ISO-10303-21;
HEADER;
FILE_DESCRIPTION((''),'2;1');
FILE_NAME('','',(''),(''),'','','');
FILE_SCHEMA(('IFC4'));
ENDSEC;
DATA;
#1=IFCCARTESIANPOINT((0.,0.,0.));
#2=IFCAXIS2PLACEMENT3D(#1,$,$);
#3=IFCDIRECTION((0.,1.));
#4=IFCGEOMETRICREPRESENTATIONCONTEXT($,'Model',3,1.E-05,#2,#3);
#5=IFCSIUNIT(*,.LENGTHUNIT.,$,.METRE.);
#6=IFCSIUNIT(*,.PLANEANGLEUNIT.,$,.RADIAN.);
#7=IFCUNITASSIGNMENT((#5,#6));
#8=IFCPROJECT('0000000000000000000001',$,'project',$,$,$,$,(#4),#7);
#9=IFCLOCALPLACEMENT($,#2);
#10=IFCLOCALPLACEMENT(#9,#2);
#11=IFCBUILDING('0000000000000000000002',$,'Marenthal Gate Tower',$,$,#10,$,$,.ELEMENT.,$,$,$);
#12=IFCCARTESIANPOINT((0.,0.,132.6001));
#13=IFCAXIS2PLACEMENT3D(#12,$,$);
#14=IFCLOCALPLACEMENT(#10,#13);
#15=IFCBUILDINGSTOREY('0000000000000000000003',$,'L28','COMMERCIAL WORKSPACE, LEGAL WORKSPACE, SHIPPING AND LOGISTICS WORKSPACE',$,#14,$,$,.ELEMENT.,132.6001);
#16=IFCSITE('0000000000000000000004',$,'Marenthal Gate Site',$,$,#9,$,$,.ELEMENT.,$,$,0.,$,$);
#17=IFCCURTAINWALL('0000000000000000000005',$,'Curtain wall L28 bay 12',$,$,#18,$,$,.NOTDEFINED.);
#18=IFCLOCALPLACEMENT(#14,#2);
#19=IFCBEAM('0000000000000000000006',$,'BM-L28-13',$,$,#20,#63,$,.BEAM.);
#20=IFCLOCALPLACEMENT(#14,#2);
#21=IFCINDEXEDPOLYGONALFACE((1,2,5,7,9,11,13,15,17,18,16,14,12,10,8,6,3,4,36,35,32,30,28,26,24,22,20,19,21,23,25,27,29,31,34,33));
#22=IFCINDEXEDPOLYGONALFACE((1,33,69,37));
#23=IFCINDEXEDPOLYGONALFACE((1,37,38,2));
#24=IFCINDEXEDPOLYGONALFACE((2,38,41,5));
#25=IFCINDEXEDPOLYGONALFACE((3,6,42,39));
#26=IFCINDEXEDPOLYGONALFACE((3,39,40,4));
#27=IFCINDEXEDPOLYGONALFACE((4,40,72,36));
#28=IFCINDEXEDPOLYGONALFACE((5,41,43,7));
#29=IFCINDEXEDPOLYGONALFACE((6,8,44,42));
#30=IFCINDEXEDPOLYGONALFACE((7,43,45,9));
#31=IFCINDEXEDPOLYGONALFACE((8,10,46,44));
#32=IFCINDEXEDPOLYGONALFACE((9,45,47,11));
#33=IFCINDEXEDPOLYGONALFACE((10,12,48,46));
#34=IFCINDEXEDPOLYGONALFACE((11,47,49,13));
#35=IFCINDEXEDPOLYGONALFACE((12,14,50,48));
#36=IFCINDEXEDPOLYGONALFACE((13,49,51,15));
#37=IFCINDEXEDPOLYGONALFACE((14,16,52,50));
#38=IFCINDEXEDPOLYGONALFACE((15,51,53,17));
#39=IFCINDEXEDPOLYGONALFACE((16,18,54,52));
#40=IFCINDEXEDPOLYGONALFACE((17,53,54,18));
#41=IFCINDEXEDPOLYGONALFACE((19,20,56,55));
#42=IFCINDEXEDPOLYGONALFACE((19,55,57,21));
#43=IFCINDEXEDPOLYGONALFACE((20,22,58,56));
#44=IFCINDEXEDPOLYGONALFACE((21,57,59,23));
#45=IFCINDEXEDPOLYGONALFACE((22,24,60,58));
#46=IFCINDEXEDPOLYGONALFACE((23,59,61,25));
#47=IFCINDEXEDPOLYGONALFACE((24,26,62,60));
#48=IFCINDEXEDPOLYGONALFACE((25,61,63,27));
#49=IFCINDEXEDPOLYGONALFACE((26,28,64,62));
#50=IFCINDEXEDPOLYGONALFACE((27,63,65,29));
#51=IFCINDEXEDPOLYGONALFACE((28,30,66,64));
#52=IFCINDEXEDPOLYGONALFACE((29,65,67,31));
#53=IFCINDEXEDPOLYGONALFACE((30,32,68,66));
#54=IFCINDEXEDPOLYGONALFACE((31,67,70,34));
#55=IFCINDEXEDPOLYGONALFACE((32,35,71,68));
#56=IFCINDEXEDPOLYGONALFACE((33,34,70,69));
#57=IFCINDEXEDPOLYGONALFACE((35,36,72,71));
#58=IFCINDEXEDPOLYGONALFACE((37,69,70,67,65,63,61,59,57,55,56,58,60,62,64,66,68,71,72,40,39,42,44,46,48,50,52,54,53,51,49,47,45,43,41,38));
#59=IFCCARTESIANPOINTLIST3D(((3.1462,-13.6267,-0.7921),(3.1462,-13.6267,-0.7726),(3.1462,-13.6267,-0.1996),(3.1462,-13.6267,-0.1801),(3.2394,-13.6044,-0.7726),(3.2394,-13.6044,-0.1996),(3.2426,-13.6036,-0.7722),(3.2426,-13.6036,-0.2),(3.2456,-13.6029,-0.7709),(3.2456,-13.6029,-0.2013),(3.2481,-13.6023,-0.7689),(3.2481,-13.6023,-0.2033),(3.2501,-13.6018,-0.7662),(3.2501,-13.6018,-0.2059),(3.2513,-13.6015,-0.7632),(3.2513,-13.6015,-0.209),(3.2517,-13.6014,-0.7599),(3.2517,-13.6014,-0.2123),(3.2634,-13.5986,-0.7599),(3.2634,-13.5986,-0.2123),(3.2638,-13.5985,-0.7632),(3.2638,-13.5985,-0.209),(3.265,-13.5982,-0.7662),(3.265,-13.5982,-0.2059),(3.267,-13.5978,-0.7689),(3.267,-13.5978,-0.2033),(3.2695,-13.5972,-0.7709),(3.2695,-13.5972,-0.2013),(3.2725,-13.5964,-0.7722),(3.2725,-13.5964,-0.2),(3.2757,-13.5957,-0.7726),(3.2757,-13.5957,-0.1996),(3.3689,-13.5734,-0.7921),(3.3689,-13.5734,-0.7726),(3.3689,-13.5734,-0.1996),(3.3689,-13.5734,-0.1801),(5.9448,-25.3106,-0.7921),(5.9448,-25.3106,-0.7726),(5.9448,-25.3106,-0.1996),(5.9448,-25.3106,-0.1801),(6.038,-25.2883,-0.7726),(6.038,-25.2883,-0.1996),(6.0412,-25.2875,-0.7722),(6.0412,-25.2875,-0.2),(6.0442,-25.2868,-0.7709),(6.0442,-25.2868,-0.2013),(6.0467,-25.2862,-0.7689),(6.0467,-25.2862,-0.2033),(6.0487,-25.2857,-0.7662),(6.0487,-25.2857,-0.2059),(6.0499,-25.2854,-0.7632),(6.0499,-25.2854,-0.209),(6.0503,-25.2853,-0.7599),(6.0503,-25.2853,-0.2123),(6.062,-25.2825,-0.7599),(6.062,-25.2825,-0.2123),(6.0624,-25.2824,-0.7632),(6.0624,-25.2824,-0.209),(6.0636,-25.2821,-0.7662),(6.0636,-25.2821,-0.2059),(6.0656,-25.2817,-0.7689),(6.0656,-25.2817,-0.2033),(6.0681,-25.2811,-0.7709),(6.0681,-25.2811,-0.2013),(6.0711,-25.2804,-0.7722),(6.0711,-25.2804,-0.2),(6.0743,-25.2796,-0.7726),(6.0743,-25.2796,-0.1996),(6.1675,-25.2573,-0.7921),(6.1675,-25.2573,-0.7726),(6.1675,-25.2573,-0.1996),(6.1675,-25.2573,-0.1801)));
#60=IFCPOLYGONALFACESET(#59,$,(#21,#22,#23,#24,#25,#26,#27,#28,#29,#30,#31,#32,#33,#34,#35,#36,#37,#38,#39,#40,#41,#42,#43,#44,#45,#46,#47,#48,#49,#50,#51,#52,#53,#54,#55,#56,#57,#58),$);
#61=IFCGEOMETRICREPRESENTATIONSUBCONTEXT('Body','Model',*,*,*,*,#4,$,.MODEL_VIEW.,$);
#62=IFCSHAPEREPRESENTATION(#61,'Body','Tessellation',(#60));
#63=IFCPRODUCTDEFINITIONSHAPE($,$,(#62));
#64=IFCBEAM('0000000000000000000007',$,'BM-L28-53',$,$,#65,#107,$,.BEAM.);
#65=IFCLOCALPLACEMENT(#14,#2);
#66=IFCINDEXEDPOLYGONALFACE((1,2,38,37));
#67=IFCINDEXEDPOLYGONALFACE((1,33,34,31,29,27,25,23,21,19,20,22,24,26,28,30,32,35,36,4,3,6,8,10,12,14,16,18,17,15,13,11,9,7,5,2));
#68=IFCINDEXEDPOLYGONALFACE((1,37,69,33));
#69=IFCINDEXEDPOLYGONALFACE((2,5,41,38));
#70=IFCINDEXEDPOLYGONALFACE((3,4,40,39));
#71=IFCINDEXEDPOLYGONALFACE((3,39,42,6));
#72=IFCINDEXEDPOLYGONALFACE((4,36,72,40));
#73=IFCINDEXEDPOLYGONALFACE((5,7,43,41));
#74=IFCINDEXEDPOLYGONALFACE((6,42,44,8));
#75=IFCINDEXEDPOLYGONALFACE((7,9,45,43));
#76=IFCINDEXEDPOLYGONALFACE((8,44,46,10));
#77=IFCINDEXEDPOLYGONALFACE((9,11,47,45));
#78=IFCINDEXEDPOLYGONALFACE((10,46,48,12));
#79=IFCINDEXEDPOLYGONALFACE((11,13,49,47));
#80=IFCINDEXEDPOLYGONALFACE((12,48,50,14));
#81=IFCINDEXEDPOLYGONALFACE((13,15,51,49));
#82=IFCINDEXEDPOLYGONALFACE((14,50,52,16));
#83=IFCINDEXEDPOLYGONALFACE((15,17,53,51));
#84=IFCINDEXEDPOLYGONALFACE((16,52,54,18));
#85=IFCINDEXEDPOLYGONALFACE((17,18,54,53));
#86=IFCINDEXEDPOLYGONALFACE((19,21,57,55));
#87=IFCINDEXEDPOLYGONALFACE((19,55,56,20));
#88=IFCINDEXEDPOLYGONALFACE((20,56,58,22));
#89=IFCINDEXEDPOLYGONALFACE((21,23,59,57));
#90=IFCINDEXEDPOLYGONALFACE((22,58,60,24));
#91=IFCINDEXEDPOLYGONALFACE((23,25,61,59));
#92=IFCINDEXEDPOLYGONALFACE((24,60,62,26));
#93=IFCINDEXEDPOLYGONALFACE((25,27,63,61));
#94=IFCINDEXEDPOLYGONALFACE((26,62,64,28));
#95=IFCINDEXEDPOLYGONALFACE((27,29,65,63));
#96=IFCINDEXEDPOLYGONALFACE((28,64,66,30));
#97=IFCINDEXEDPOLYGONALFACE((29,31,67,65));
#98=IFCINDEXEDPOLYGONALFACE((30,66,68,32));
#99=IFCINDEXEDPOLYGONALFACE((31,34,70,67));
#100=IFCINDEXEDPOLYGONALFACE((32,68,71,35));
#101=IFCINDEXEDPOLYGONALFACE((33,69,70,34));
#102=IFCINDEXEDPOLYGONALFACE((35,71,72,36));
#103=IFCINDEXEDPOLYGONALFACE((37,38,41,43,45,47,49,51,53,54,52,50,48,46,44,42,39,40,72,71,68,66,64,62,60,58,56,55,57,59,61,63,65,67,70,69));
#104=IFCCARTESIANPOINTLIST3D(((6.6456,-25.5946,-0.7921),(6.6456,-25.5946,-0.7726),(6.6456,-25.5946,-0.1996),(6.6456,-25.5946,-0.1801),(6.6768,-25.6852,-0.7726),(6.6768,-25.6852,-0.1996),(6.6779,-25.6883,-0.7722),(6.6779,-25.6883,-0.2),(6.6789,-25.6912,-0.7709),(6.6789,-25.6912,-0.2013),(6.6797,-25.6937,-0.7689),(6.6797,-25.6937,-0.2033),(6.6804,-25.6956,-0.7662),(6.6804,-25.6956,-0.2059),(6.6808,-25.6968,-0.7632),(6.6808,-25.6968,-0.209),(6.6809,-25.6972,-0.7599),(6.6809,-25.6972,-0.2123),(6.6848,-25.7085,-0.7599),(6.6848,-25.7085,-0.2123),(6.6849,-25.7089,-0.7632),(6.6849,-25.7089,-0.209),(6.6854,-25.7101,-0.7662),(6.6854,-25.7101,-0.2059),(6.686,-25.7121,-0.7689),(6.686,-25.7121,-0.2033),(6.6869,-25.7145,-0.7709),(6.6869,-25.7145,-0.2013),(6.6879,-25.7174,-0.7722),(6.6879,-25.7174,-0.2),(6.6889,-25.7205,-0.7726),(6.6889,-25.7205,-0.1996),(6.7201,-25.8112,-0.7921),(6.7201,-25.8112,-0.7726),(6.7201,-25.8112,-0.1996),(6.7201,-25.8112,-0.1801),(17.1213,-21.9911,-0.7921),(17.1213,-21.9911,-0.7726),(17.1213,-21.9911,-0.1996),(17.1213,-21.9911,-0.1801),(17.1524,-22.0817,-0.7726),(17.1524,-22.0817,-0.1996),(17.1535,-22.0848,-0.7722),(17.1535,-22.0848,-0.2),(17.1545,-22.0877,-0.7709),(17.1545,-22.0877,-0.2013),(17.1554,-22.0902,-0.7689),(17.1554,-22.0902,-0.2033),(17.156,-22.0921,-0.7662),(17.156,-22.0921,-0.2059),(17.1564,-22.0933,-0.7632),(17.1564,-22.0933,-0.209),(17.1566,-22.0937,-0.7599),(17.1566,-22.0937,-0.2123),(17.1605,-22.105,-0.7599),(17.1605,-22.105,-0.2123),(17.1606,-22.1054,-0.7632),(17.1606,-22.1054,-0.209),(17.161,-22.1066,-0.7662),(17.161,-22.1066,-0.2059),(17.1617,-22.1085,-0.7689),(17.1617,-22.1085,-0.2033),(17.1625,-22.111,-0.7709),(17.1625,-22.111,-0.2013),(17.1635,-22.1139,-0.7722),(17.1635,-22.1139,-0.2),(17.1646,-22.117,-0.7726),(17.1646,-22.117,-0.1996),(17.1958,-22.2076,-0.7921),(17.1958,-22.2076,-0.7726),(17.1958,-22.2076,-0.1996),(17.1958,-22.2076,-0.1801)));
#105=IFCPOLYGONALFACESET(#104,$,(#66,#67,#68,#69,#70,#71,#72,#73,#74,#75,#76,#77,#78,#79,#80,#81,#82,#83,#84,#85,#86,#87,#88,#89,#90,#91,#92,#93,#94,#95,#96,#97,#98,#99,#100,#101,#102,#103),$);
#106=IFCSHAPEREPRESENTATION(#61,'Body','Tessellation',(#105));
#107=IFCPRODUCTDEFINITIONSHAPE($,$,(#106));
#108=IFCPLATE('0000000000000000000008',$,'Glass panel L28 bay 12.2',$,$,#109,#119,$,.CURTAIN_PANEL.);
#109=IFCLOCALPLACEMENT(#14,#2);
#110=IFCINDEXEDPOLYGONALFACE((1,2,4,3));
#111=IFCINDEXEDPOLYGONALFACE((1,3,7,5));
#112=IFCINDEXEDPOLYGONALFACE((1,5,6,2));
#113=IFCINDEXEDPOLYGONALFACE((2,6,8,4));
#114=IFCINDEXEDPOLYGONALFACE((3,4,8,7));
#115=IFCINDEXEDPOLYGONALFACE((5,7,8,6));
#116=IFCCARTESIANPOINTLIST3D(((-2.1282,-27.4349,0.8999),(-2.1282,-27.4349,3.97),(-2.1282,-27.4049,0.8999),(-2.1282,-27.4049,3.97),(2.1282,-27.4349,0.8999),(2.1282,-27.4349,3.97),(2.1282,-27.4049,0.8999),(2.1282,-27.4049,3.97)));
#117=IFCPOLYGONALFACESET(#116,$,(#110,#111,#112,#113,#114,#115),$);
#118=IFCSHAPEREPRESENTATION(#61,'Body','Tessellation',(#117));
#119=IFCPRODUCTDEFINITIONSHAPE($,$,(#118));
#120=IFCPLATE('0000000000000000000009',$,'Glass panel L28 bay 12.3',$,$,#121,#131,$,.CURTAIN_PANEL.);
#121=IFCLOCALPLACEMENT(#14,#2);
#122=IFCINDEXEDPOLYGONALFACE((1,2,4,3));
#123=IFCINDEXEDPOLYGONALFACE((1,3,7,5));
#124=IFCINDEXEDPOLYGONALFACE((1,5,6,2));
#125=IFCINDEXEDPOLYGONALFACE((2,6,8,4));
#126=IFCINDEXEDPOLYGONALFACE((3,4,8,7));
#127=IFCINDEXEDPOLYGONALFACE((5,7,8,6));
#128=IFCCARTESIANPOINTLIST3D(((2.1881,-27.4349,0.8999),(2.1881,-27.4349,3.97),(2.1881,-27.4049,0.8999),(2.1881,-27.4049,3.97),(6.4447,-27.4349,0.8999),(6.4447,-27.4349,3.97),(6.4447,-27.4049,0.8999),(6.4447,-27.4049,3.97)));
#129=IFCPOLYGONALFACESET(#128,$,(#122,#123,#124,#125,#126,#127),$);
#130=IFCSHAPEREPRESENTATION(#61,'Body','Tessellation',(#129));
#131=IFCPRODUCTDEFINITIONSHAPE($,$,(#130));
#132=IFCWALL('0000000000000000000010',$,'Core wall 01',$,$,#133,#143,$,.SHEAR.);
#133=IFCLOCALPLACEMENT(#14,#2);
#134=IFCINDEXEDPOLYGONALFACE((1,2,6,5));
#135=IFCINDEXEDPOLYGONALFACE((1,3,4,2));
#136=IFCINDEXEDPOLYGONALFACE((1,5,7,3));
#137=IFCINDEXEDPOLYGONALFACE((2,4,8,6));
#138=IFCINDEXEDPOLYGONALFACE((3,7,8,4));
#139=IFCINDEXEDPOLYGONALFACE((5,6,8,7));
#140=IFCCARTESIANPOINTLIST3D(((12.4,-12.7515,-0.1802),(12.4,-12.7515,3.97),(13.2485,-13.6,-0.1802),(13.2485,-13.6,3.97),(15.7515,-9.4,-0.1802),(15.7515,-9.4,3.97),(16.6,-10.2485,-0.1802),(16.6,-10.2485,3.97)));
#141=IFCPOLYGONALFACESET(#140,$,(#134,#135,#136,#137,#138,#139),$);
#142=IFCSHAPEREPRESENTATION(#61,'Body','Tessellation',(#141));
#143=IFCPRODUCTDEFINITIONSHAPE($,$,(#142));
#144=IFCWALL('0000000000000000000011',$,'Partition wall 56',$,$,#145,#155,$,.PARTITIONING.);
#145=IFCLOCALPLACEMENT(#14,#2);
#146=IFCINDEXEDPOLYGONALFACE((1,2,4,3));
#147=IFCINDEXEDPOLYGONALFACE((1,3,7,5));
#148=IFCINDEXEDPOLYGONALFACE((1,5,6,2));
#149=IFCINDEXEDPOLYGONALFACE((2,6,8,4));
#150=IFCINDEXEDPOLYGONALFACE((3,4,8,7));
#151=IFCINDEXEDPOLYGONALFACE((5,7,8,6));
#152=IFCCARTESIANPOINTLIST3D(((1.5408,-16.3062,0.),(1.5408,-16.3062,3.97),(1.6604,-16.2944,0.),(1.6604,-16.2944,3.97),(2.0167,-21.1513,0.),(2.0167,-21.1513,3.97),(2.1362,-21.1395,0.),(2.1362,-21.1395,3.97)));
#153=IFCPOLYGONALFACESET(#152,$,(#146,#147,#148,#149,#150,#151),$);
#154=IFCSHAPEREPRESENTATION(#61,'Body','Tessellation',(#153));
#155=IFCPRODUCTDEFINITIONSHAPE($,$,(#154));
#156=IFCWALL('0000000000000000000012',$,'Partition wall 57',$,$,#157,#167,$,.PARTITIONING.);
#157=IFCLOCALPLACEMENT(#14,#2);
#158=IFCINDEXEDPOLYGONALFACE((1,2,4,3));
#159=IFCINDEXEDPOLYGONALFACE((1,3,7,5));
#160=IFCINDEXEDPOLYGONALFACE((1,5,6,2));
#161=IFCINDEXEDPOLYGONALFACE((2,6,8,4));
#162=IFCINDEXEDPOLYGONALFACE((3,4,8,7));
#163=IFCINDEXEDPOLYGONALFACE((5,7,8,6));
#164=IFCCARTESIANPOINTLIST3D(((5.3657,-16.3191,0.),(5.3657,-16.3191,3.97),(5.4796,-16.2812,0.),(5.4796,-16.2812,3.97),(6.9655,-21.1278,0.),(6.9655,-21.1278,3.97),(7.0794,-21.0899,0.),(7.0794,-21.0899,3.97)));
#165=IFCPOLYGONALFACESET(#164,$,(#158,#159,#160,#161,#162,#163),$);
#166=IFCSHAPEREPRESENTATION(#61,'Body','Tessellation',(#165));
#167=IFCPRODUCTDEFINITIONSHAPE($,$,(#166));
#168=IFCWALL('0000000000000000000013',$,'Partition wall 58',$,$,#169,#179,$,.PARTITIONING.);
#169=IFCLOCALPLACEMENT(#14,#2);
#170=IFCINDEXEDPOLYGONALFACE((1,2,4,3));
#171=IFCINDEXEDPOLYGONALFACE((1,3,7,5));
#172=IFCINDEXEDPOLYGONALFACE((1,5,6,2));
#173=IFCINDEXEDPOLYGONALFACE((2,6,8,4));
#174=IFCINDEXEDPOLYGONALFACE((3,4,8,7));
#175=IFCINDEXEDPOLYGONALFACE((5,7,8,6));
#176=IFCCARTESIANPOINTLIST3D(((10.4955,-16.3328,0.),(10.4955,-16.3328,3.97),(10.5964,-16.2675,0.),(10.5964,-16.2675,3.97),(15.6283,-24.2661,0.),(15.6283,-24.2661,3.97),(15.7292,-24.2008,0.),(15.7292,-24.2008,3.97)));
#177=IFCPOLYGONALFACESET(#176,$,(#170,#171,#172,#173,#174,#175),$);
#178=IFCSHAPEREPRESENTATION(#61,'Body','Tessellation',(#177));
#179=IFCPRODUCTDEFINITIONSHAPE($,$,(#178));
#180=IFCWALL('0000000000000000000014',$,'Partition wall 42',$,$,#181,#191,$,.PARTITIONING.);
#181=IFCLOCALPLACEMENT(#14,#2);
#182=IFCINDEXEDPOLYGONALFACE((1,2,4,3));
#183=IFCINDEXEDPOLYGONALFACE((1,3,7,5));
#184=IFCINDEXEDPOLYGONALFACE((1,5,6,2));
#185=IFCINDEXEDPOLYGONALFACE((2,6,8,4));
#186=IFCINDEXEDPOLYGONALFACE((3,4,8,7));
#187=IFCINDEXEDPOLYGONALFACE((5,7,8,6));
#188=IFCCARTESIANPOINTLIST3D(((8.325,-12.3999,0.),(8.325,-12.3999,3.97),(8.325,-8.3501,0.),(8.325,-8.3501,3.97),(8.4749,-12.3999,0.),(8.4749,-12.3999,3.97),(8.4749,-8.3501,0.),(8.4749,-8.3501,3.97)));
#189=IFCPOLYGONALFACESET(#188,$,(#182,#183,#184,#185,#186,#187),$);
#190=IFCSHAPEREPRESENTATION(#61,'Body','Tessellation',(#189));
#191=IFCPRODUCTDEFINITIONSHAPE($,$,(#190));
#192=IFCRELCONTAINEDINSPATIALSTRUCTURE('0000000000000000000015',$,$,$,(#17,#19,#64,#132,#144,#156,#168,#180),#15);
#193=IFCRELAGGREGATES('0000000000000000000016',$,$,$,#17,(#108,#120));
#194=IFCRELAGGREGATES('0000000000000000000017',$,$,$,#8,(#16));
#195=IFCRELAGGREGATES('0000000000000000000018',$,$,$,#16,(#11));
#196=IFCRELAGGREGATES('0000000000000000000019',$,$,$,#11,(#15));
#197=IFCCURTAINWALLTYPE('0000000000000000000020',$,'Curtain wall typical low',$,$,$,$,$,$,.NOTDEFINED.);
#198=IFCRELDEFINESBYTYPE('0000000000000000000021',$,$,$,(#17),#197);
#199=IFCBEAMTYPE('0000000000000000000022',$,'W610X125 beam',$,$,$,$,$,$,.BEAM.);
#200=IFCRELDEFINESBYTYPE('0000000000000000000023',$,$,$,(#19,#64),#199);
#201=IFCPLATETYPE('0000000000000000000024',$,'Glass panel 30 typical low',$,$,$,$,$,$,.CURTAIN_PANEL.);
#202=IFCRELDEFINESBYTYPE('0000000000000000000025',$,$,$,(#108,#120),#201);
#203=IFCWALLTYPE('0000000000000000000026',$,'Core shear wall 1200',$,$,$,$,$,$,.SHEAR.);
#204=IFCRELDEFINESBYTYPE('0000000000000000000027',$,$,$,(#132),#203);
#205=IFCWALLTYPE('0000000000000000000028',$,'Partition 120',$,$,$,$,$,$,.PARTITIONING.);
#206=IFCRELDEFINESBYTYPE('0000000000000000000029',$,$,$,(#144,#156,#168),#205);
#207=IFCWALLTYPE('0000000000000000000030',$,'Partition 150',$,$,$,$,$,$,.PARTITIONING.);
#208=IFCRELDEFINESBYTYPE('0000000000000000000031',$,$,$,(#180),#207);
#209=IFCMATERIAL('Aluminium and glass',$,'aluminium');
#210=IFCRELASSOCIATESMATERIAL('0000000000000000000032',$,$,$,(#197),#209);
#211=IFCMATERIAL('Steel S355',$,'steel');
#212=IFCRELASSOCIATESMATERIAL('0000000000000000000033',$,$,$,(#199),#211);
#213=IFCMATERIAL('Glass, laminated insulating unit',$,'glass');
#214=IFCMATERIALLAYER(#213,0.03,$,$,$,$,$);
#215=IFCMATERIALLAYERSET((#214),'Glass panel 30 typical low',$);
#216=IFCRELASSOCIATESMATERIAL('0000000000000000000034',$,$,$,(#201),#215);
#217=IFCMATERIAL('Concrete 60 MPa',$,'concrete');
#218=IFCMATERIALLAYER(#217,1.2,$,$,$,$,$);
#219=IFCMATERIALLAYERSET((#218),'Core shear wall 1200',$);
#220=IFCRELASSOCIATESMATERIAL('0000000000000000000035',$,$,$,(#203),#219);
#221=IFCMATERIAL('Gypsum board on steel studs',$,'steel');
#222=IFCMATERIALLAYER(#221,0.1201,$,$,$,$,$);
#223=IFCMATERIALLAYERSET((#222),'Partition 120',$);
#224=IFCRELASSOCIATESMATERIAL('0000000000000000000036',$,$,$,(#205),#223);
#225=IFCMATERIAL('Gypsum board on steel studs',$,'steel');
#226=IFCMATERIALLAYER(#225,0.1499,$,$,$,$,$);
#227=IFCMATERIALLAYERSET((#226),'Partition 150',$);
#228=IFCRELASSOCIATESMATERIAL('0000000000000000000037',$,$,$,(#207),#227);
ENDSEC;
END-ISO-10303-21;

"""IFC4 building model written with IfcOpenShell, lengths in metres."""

from ifc_helpers import new_model, si_unit, direction, frame, frame_2d, origin, origin_2d, place, context, subcontext, project, spatial, rectangle, i_section, extrude, material, layer, layer_set, material_profile, profile_set, type_object, element, aggregate, save


model = new_model("IFC4")

# Units and contexts
model_context = context("Model", 3, precision=1e-05, world=origin(), true_north=direction((0.0, 1.0)))
body_context = subcontext(model_context, "Body", "Model", "MODEL_VIEW")
ifc_project = project(units=[si_unit("LENGTHUNIT", "METRE"), si_unit("PLANEANGLEUNIT", "RADIAN")], contexts=[model_context])

# Site, building, storey
site_placement = place(None, origin())
site = spatial("IfcSite", under=ifc_project, at=site_placement, Name="Marenthal Gate Site", CompositionType="ELEMENT", RefElevation=0.0)
building_placement = place(site_placement, origin())
building = spatial("IfcBuilding", under=site, at=building_placement, Name="Marenthal Gate Tower", CompositionType="ELEMENT")
storey_placement = place(building_placement, frame((0.0, 0.0, 132.6001)))
storey = spatial("IfcBuildingStorey", under=building, at=storey_placement, Name="L28", Description="COMMERCIAL WORKSPACE, LEGAL WORKSPACE, SHIPPING AND LOGISTICS WORKSPACE", CompositionType="ELEMENT", Elevation=132.6001)

# Curtain wall
ifc_material_1 = material(Name="Aluminium and glass", Category="aluminium")
curtain_wall_type = type_object("IfcCurtainWallType", Name="Curtain wall typical low", PredefinedType="NOTDEFINED", material=ifc_material_1)
curtain_wall_placement = place(storey_placement, origin())
curtain_wall = element("IfcCurtainWall", 1, at=curtain_wall_placement, inside=storey, type_object=curtain_wall_type, Name="Curtain wall L28 bay 12", PredefinedType="NOTDEFINED")

# Beams
ifc_material_2 = material(Name="Steel S355", Category="steel")
ifc_material_profile_1 = material_profile(ifc_material_2, i_section(OverallWidth=0.229, OverallDepth=0.6121, WebThickness=0.012, FlangeThickness=0.0195, FilletRadius=0.0127, at=origin_2d()), Name="W610X125")
ifc_profile_set_1 = profile_set([ifc_material_profile_1], Name="Steel S355")
beam_type_1 = type_object("IfcBeamType", Name="W610X125 beam", PredefinedType="BEAM", material=ifc_profile_set_1)
beam_1_placement = place(storey_placement, frame((6.0562, -25.2839, -0.4861), z_axis=(-0.232937, 0.972492, 0.0), x_axis=(-0.972492, -0.232937, 0.0)))
element("IfcBeam", 2, at=beam_1_placement, inside=storey, type_object=beam_type_1, Name="BM-L28-13", PredefinedType="BEAM", context=body_context, shape_type="SweptSolid", body=[
    extrude(i_section(OverallWidth=0.229, OverallDepth=0.6121, WebThickness=0.012, FlangeThickness=0.0195, FilletRadius=0.0127, at=origin_2d()), origin(), (0.0, 0.0, 1.0), 12.0144),
])
beam_2_placement = place(storey_placement, frame((6.6829, -25.7029, -0.4861), z_axis=(0.945616, 0.325284, 0.0), x_axis=(-0.325284, 0.945616, 0.0)))
element("IfcBeam", 3, at=beam_2_placement, inside=storey, type_object=beam_type_1, Name="BM-L28-53", PredefinedType="BEAM", context=body_context, shape_type="SweptSolid", body=[
    extrude(i_section(OverallWidth=0.229, OverallDepth=0.6121, WebThickness=0.012, FlangeThickness=0.0195, FilletRadius=0.0127, at=origin_2d()), origin(), (0.0, 0.0, 1.0), 11.0781),
])

# Plates
ifc_material_3 = material(Name="Glass, laminated insulating unit", Category="glass")
ifc_layer_1 = layer(ifc_material_3, 0.03)
ifc_layer_set_1 = layer_set([ifc_layer_1], Name="Glass panel 30 typical low")
plate_type = type_object("IfcPlateType", Name="Glass panel 30 typical low", PredefinedType="CURTAIN_PANEL", material=ifc_layer_set_1)
plate_1_placement = place(storey_placement, frame((0.0, -27.4199, 0.8999), z_axis=(0.0, 0.0, 1.0), x_axis=(1.0, 0.0, 0.0)))
plate_1 = element("IfcPlate", 4, at=plate_1_placement, type_object=plate_type, Name="Glass panel L28 bay 12.2", PredefinedType="CURTAIN_PANEL", context=body_context, shape_type="SweptSolid", body=[
    extrude(rectangle(XDim=4.2563, YDim=0.03, at=origin_2d()), origin(), (0.0, 0.0, 1.0), 3.0701),
])
plate_2_placement = place(storey_placement, frame((4.3164, -27.4199, 0.8999), z_axis=(0.0, 0.0, 1.0), x_axis=(1.0, 0.0, 0.0)))
plate_2 = element("IfcPlate", 5, at=plate_2_placement, type_object=plate_type, Name="Glass panel L28 bay 12.3", PredefinedType="CURTAIN_PANEL", context=body_context, shape_type="SweptSolid", body=[
    extrude(rectangle(XDim=4.2566, YDim=0.03, at=origin_2d()), origin(), (0.0, 0.0, 1.0), 3.0701),
])
aggregate(curtain_wall, [plate_1, plate_2])

# Walls
ifc_material_4 = material(Name="Concrete 60 MPa", Category="concrete")
ifc_layer_2 = layer(ifc_material_4, 1.2)
ifc_layer_set_2 = layer_set([ifc_layer_2], Name="Core shear wall 1200")
wall_type_1 = type_object("IfcWallType", Name="Core shear wall 1200", PredefinedType="SHEAR", material=ifc_layer_set_2)
wall_1_placement = place(storey_placement, frame((12.8242, -13.1758, -0.1802), z_axis=(0.0, 0.0, 1.0), x_axis=(0.707107, 0.707107, 0.0)))
element("IfcWall", 6, at=wall_1_placement, inside=storey, type_object=wall_type_1, Name="Core wall 01", PredefinedType="SHEAR", context=body_context, shape_type="SweptSolid", body=[
    extrude(rectangle(XDim=4.7397, YDim=1.2, at=frame_2d((2.3699, 0.0))), origin(), (0.0, 0.0, 1.0), 4.1501),
])
ifc_material_5 = material(Name="Gypsum board on steel studs", Category="steel")
ifc_layer_3 = layer(ifc_material_5, 0.1201)
ifc_layer_set_3 = layer_set([ifc_layer_3], Name="Partition 120")
wall_type_2 = type_object("IfcWallType", Name="Partition 120", PredefinedType="PARTITIONING", material=ifc_layer_set_3)
wall_2_placement = place(storey_placement, frame((2.0764, -21.1453, 0.0), z_axis=(0.0, 0.0, 1.0), x_axis=(-0.097736, 0.995212, 0.0)))
element("IfcWall", 7, at=wall_2_placement, inside=storey, type_object=wall_type_2, Name="Partition wall 56", PredefinedType="PARTITIONING", context=body_context, shape_type="SweptSolid", body=[
    extrude(rectangle(XDim=4.8684, YDim=0.1201, at=frame_2d((2.4341, 0.0))), origin(), (0.0, 0.0, 1.0), 3.97),
])
wall_3_placement = place(storey_placement, frame((7.0225, -21.1089, 0.0), z_axis=(0.0, 0.0, 1.0), x_axis=(-0.315679, 0.948866, 0.0)))
element("IfcWall", 8, at=wall_3_placement, inside=storey, type_object=wall_type_2, Name="Partition wall 57", PredefinedType="PARTITIONING", context=body_context, shape_type="SweptSolid", body=[
    extrude(rectangle(XDim=5.0679, YDim=0.1201, at=frame_2d((2.5339, 0.0))), origin(), (0.0, 0.0, 1.0), 3.97),
])
wall_4_placement = place(storey_placement, frame((10.5459, -16.3, 0.0), z_axis=(0.0, 0.0, 1.0), x_axis=(0.543212, -0.839596, 0.0)))
element("IfcWall", 9, at=wall_4_placement, inside=storey, type_object=wall_type_2, Name="Partition wall 58", PredefinedType="PARTITIONING", context=body_context, shape_type="SweptSolid", body=[
    extrude(rectangle(XDim=9.449, YDim=0.1201, at=frame_2d((4.7246, 0.0))), origin(), (0.0, 0.0, 1.0), 3.97),
])
ifc_material_6 = material(Name="Gypsum board on steel studs", Category="steel")
ifc_layer_4 = layer(ifc_material_6, 0.1499)
ifc_layer_set_4 = layer_set([ifc_layer_4], Name="Partition 150")
wall_type_3 = type_object("IfcWallType", Name="Partition 150", PredefinedType="PARTITIONING", material=ifc_layer_set_4)
wall_5_placement = place(storey_placement, frame((8.3999, -12.3999, 0.0), z_axis=(0.0, 0.0, 1.0), x_axis=(0.0, 1.0, 0.0)))
element("IfcWall", 10, at=wall_5_placement, inside=storey, type_object=wall_type_3, Name="Partition wall 42", PredefinedType="PARTITIONING", context=body_context, shape_type="SweptSolid", body=[
    extrude(rectangle(XDim=4.0498, YDim=0.1499, at=frame_2d((2.0249, 0.0))), origin(), (0.0, 0.0, 1.0), 3.97),
])

save(model, "model.ifc")
